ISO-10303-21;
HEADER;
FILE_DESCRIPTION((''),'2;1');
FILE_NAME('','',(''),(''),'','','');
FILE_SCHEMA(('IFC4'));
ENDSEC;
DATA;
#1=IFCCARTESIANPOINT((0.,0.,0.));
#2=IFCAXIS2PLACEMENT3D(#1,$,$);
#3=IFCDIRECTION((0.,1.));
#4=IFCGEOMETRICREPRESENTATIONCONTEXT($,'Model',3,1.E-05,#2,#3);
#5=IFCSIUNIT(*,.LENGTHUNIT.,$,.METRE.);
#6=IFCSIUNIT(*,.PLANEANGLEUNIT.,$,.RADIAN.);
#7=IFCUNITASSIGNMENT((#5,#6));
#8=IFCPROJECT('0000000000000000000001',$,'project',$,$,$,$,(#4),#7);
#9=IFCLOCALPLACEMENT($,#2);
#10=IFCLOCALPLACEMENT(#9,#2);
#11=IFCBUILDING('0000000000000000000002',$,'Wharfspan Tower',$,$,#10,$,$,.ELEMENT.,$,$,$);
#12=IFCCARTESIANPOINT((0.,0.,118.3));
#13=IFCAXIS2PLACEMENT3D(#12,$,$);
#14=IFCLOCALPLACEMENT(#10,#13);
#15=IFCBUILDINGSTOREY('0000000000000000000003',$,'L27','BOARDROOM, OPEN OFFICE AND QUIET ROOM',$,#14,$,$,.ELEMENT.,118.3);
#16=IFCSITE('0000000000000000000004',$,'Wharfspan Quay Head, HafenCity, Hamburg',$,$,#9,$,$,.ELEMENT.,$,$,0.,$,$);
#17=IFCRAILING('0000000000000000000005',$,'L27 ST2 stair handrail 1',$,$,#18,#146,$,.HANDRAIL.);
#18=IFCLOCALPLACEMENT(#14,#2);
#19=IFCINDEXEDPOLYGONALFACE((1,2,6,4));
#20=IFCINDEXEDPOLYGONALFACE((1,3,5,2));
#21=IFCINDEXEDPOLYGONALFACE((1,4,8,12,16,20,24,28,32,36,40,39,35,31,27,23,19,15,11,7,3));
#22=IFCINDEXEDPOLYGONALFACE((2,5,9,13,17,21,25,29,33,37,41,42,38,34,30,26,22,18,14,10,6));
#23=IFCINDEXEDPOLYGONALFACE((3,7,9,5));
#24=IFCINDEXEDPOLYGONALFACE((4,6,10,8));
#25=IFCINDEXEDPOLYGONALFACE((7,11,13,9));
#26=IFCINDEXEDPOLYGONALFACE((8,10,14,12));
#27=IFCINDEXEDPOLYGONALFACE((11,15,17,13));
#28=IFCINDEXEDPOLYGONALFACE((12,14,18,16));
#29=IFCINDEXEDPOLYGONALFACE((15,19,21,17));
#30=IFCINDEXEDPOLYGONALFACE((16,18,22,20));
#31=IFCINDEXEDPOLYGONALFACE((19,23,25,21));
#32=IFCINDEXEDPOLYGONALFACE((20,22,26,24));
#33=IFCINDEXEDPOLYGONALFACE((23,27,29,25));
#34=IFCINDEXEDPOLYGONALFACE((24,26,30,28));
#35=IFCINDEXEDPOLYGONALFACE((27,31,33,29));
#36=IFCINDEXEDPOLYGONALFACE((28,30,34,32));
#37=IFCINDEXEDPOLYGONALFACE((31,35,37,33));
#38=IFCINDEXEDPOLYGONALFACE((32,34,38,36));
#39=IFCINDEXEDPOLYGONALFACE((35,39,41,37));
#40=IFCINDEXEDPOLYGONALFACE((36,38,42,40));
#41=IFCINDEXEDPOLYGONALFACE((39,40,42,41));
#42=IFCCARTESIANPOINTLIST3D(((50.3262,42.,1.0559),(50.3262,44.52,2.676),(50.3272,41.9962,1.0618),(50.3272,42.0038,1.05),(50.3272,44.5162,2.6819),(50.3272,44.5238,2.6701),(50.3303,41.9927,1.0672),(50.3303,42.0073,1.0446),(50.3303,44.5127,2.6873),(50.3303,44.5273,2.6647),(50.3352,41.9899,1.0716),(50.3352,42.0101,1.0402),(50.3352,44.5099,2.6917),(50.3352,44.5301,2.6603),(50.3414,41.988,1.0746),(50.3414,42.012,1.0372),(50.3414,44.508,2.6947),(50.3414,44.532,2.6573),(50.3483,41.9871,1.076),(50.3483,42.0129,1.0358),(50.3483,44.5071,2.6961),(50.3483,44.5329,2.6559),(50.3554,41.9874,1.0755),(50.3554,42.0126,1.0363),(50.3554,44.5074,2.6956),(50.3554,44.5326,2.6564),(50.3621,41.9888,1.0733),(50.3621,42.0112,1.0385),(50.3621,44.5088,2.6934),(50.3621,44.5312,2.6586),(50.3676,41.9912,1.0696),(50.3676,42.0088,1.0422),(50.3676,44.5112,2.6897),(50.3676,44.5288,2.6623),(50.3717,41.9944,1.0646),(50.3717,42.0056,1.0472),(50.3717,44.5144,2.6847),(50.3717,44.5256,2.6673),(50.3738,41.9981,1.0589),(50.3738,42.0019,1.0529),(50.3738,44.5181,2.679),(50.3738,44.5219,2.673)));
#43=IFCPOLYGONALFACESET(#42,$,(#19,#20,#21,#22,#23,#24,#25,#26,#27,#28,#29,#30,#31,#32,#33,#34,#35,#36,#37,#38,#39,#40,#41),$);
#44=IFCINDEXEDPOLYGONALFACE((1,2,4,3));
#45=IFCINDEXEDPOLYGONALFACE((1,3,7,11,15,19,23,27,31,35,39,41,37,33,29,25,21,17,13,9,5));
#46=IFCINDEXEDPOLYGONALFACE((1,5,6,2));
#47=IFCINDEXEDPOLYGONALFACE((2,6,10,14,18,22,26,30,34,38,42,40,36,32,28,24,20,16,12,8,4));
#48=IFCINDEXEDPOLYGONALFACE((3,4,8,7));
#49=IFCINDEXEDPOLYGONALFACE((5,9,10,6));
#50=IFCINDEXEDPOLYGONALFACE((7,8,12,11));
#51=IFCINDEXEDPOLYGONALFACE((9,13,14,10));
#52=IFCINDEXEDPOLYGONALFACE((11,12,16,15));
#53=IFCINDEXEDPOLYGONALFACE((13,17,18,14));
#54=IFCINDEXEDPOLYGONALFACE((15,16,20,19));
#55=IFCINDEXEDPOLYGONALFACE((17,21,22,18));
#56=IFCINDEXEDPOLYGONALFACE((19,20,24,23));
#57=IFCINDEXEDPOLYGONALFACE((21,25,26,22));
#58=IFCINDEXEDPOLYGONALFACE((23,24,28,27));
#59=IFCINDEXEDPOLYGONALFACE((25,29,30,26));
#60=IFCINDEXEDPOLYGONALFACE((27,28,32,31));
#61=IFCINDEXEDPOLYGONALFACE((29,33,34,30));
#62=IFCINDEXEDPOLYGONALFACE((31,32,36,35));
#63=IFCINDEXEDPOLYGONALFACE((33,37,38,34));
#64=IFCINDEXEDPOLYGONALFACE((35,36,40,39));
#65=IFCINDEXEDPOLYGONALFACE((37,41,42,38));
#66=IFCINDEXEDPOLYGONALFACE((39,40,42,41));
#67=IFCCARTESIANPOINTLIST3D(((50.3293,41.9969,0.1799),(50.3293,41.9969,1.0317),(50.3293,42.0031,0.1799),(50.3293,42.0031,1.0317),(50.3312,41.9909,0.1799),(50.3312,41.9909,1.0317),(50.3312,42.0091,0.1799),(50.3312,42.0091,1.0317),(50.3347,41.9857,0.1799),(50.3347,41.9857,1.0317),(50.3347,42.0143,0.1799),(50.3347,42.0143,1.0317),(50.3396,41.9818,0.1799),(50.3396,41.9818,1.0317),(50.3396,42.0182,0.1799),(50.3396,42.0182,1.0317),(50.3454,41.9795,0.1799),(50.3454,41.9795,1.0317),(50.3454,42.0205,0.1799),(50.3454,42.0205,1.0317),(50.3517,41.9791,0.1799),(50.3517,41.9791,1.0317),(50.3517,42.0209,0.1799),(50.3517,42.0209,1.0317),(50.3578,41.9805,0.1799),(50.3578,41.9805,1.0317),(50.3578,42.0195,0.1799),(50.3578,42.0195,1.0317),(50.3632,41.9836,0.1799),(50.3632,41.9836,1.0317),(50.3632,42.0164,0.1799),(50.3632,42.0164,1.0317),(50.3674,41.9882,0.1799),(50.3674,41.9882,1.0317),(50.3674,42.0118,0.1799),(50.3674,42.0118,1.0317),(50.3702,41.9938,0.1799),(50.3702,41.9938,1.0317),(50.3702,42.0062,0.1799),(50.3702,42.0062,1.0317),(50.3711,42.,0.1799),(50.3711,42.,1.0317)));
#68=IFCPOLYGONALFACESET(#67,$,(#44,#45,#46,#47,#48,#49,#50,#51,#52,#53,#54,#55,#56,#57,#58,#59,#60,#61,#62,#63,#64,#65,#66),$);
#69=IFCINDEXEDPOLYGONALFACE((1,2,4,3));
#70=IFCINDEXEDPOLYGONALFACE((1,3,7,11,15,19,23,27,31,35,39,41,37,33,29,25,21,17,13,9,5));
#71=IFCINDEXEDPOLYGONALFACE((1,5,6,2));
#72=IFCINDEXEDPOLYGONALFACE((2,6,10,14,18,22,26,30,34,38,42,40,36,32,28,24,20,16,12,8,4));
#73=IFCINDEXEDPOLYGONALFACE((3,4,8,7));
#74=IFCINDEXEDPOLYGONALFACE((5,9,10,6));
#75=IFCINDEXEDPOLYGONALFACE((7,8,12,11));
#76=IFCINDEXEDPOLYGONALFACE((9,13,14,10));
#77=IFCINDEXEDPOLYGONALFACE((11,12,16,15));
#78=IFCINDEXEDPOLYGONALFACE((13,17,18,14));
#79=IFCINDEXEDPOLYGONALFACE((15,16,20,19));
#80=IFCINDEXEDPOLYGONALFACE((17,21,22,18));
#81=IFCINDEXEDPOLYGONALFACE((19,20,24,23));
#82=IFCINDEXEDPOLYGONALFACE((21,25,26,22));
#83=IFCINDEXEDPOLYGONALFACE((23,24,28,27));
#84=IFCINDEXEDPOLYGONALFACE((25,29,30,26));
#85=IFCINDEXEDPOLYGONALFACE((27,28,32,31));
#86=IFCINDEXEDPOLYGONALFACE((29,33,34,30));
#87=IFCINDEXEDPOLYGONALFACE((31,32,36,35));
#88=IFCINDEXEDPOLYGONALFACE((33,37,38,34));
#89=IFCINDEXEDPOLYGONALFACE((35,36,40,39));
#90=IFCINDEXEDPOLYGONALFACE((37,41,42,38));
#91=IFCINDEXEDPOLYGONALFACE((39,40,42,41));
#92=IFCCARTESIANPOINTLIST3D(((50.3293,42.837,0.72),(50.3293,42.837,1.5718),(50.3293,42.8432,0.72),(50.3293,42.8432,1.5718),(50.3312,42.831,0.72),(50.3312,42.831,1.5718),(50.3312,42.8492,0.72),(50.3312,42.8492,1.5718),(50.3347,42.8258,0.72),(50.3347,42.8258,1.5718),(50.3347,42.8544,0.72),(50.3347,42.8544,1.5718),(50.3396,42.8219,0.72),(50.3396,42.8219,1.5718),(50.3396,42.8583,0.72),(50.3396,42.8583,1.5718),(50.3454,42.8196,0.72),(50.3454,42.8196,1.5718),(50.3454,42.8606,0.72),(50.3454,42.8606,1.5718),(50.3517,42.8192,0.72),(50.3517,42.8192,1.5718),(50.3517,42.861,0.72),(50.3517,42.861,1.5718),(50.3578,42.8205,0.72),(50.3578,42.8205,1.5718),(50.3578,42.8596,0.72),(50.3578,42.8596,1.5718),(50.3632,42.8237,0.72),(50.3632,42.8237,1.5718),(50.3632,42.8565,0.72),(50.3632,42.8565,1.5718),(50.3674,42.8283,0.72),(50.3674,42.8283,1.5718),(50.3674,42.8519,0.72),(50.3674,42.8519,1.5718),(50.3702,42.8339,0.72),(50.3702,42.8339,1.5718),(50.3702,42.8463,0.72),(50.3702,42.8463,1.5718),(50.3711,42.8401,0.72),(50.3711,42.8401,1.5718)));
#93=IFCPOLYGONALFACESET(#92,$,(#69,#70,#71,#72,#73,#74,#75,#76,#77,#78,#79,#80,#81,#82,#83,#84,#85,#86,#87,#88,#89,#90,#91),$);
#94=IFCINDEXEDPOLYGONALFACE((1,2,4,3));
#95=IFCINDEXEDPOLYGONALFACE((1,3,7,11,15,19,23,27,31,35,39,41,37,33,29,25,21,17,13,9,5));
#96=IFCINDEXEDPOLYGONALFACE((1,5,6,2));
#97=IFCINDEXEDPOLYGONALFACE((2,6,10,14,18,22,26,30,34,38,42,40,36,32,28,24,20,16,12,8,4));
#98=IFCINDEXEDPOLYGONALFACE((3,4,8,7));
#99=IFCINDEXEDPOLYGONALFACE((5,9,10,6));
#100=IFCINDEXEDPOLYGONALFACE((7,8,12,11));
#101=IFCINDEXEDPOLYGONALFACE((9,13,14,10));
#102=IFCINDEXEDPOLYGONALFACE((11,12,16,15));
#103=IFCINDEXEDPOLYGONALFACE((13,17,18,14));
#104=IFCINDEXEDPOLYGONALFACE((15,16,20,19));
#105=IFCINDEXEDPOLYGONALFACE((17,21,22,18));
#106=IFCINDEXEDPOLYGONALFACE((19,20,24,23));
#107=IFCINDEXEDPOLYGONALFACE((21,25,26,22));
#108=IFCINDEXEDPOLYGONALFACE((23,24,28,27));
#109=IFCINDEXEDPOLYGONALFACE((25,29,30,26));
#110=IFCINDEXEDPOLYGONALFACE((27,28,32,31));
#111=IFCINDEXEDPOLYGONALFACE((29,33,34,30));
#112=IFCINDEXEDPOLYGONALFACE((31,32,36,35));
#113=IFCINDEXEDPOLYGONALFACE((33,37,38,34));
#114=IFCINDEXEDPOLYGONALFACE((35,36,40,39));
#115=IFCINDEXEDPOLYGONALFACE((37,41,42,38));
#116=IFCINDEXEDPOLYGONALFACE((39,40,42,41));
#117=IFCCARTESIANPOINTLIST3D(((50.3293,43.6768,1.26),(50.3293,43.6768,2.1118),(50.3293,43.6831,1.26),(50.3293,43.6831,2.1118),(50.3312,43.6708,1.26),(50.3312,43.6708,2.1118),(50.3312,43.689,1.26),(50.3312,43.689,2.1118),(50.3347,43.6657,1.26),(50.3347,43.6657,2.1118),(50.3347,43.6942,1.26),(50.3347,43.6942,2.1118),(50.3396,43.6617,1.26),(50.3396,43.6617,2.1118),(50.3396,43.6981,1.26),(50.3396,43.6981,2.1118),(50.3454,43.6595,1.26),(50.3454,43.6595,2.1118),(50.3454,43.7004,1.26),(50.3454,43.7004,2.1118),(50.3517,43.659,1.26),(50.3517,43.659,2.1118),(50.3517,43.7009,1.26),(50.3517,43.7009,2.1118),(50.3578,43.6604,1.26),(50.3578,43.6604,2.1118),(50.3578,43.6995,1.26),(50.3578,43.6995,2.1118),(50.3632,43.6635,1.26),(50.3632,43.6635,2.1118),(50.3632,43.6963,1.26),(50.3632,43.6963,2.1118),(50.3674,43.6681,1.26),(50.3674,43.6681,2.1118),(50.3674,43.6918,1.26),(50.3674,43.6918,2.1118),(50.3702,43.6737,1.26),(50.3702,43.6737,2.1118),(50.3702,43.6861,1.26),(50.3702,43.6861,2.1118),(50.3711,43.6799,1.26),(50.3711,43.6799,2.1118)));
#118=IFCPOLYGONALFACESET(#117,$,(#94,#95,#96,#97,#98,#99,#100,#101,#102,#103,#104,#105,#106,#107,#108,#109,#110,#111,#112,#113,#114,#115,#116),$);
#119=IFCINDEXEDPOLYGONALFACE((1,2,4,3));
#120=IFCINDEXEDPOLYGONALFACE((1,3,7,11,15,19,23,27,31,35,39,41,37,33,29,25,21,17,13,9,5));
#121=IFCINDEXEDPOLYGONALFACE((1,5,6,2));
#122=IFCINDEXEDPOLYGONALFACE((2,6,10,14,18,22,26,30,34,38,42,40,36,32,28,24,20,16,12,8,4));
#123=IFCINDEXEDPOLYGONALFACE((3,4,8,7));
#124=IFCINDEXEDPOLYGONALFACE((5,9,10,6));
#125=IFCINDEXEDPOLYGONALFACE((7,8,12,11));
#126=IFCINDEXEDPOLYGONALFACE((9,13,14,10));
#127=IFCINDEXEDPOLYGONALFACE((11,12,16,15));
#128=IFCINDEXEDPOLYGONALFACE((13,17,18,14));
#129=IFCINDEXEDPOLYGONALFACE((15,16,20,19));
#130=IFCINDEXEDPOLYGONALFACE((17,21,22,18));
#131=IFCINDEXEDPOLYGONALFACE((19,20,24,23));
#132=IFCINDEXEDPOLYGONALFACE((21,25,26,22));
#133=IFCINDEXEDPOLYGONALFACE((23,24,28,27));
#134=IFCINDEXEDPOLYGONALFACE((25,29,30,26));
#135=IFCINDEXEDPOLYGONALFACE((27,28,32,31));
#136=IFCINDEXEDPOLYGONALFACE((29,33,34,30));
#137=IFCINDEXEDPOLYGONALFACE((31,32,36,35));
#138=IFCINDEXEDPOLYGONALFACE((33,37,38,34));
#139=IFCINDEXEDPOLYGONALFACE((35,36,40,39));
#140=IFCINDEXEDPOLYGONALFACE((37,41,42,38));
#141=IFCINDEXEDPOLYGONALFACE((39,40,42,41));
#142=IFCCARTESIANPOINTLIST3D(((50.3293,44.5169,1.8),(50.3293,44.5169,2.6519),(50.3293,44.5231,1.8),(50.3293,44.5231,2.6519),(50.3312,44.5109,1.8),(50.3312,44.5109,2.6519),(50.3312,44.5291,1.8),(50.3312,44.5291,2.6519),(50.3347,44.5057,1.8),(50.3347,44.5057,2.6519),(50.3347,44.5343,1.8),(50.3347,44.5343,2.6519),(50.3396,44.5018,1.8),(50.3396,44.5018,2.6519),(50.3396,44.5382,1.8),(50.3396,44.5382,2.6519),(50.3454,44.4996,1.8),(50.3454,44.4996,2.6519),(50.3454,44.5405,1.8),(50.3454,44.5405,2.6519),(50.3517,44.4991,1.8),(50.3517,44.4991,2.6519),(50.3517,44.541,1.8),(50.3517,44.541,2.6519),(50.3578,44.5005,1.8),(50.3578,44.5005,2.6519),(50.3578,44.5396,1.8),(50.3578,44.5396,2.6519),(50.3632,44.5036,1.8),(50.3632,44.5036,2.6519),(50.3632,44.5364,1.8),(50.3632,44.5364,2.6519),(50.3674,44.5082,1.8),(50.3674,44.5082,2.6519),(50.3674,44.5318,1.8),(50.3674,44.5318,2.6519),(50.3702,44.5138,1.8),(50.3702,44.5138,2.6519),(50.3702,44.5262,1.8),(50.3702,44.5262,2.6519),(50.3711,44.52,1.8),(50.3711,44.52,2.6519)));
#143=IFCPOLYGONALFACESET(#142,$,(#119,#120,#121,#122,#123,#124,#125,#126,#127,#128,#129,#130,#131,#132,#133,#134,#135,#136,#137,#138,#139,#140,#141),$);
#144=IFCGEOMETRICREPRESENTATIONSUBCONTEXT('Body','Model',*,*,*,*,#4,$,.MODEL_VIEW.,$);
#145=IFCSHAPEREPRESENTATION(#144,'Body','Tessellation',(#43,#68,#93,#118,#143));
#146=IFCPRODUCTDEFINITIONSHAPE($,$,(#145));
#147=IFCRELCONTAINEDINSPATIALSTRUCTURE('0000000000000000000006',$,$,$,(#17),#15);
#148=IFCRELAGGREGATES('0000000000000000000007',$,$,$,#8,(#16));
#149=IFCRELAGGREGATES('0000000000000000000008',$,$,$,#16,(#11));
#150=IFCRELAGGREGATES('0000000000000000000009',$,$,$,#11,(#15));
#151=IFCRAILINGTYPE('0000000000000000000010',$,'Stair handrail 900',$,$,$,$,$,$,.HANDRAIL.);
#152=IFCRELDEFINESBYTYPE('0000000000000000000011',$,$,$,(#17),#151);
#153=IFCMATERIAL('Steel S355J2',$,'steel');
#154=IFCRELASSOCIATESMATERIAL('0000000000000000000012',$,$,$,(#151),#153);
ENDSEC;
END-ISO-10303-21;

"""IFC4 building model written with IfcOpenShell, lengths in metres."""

from ifc_helpers import new_model, si_unit, direction, frame, origin, origin_2d, place, context, subcontext, project, spatial, circle, extrude, material, type_object, element, save


model = new_model("IFC4")

# Units and contexts
model_context = context("Model", 3, precision=1e-05, world=origin(), true_north=direction((0.0, 1.0)))
body_context = subcontext(model_context, "Body", "Model", "MODEL_VIEW")
ifc_project = project(units=[si_unit("LENGTHUNIT", "METRE"), si_unit("PLANEANGLEUNIT", "RADIAN")], contexts=[model_context])

# Site, building, storey
site_placement = place(None, origin())
site = spatial("IfcSite", under=ifc_project, at=site_placement, Name="Wharfspan Quay Head, HafenCity, Hamburg", CompositionType="ELEMENT", RefElevation=0.0)
building_placement = place(site_placement, origin())
building = spatial("IfcBuilding", under=site, at=building_placement, Name="Wharfspan Tower", CompositionType="ELEMENT")
storey_placement = place(building_placement, frame((0.0, 0.0, 118.3)))
storey = spatial("IfcBuildingStorey", under=building, at=storey_placement, Name="L27", Description="BOARDROOM, OPEN OFFICE AND QUIET ROOM", CompositionType="ELEMENT", Elevation=118.3)

# Shared definitions
ifc_material_1 = material(Name="Steel S355J2", Category="steel")

# Railing
railing_type = type_object("IfcRailingType", Name="Stair handrail 900", PredefinedType="HANDRAIL", material=ifc_material_1)
railing_placement = place(storey_placement, frame((50.3501, 42.0, 0.1799)))
element("IfcRailing", 1, at=railing_placement, inside=storey, type_object=railing_type, Name="L27 ST2 stair handrail 1", PredefinedType="HANDRAIL", context=body_context, shape_type="SweptSolid", body=[
    extrude(circle(Radius=0.0239, at=origin_2d()), frame((0.0, 0.0, 0.876), z_axis=(0.0, 0.841163, 0.540782), x_axis=(-1.0, 0.0, 0.0)), (0.0, 0.0, 1.0), 2.9958),
    extrude(circle(Radius=0.021, at=origin_2d()), origin(), (0.0, 0.0, 1.0), 0.8518),
    extrude(circle(Radius=0.021, at=origin_2d()), frame((0.0, 0.8401, 0.54)), (0.0, 0.0, 1.0), 0.8518),
    extrude(circle(Radius=0.021, at=origin_2d()), frame((0.0, 1.6799, 1.0801)), (0.0, 0.0, 1.0), 0.8518),
    extrude(circle(Radius=0.021, at=origin_2d()), frame((0.0, 2.52, 1.6201)), (0.0, 0.0, 1.0), 0.8518),
])

save(model, "model.ifc")
